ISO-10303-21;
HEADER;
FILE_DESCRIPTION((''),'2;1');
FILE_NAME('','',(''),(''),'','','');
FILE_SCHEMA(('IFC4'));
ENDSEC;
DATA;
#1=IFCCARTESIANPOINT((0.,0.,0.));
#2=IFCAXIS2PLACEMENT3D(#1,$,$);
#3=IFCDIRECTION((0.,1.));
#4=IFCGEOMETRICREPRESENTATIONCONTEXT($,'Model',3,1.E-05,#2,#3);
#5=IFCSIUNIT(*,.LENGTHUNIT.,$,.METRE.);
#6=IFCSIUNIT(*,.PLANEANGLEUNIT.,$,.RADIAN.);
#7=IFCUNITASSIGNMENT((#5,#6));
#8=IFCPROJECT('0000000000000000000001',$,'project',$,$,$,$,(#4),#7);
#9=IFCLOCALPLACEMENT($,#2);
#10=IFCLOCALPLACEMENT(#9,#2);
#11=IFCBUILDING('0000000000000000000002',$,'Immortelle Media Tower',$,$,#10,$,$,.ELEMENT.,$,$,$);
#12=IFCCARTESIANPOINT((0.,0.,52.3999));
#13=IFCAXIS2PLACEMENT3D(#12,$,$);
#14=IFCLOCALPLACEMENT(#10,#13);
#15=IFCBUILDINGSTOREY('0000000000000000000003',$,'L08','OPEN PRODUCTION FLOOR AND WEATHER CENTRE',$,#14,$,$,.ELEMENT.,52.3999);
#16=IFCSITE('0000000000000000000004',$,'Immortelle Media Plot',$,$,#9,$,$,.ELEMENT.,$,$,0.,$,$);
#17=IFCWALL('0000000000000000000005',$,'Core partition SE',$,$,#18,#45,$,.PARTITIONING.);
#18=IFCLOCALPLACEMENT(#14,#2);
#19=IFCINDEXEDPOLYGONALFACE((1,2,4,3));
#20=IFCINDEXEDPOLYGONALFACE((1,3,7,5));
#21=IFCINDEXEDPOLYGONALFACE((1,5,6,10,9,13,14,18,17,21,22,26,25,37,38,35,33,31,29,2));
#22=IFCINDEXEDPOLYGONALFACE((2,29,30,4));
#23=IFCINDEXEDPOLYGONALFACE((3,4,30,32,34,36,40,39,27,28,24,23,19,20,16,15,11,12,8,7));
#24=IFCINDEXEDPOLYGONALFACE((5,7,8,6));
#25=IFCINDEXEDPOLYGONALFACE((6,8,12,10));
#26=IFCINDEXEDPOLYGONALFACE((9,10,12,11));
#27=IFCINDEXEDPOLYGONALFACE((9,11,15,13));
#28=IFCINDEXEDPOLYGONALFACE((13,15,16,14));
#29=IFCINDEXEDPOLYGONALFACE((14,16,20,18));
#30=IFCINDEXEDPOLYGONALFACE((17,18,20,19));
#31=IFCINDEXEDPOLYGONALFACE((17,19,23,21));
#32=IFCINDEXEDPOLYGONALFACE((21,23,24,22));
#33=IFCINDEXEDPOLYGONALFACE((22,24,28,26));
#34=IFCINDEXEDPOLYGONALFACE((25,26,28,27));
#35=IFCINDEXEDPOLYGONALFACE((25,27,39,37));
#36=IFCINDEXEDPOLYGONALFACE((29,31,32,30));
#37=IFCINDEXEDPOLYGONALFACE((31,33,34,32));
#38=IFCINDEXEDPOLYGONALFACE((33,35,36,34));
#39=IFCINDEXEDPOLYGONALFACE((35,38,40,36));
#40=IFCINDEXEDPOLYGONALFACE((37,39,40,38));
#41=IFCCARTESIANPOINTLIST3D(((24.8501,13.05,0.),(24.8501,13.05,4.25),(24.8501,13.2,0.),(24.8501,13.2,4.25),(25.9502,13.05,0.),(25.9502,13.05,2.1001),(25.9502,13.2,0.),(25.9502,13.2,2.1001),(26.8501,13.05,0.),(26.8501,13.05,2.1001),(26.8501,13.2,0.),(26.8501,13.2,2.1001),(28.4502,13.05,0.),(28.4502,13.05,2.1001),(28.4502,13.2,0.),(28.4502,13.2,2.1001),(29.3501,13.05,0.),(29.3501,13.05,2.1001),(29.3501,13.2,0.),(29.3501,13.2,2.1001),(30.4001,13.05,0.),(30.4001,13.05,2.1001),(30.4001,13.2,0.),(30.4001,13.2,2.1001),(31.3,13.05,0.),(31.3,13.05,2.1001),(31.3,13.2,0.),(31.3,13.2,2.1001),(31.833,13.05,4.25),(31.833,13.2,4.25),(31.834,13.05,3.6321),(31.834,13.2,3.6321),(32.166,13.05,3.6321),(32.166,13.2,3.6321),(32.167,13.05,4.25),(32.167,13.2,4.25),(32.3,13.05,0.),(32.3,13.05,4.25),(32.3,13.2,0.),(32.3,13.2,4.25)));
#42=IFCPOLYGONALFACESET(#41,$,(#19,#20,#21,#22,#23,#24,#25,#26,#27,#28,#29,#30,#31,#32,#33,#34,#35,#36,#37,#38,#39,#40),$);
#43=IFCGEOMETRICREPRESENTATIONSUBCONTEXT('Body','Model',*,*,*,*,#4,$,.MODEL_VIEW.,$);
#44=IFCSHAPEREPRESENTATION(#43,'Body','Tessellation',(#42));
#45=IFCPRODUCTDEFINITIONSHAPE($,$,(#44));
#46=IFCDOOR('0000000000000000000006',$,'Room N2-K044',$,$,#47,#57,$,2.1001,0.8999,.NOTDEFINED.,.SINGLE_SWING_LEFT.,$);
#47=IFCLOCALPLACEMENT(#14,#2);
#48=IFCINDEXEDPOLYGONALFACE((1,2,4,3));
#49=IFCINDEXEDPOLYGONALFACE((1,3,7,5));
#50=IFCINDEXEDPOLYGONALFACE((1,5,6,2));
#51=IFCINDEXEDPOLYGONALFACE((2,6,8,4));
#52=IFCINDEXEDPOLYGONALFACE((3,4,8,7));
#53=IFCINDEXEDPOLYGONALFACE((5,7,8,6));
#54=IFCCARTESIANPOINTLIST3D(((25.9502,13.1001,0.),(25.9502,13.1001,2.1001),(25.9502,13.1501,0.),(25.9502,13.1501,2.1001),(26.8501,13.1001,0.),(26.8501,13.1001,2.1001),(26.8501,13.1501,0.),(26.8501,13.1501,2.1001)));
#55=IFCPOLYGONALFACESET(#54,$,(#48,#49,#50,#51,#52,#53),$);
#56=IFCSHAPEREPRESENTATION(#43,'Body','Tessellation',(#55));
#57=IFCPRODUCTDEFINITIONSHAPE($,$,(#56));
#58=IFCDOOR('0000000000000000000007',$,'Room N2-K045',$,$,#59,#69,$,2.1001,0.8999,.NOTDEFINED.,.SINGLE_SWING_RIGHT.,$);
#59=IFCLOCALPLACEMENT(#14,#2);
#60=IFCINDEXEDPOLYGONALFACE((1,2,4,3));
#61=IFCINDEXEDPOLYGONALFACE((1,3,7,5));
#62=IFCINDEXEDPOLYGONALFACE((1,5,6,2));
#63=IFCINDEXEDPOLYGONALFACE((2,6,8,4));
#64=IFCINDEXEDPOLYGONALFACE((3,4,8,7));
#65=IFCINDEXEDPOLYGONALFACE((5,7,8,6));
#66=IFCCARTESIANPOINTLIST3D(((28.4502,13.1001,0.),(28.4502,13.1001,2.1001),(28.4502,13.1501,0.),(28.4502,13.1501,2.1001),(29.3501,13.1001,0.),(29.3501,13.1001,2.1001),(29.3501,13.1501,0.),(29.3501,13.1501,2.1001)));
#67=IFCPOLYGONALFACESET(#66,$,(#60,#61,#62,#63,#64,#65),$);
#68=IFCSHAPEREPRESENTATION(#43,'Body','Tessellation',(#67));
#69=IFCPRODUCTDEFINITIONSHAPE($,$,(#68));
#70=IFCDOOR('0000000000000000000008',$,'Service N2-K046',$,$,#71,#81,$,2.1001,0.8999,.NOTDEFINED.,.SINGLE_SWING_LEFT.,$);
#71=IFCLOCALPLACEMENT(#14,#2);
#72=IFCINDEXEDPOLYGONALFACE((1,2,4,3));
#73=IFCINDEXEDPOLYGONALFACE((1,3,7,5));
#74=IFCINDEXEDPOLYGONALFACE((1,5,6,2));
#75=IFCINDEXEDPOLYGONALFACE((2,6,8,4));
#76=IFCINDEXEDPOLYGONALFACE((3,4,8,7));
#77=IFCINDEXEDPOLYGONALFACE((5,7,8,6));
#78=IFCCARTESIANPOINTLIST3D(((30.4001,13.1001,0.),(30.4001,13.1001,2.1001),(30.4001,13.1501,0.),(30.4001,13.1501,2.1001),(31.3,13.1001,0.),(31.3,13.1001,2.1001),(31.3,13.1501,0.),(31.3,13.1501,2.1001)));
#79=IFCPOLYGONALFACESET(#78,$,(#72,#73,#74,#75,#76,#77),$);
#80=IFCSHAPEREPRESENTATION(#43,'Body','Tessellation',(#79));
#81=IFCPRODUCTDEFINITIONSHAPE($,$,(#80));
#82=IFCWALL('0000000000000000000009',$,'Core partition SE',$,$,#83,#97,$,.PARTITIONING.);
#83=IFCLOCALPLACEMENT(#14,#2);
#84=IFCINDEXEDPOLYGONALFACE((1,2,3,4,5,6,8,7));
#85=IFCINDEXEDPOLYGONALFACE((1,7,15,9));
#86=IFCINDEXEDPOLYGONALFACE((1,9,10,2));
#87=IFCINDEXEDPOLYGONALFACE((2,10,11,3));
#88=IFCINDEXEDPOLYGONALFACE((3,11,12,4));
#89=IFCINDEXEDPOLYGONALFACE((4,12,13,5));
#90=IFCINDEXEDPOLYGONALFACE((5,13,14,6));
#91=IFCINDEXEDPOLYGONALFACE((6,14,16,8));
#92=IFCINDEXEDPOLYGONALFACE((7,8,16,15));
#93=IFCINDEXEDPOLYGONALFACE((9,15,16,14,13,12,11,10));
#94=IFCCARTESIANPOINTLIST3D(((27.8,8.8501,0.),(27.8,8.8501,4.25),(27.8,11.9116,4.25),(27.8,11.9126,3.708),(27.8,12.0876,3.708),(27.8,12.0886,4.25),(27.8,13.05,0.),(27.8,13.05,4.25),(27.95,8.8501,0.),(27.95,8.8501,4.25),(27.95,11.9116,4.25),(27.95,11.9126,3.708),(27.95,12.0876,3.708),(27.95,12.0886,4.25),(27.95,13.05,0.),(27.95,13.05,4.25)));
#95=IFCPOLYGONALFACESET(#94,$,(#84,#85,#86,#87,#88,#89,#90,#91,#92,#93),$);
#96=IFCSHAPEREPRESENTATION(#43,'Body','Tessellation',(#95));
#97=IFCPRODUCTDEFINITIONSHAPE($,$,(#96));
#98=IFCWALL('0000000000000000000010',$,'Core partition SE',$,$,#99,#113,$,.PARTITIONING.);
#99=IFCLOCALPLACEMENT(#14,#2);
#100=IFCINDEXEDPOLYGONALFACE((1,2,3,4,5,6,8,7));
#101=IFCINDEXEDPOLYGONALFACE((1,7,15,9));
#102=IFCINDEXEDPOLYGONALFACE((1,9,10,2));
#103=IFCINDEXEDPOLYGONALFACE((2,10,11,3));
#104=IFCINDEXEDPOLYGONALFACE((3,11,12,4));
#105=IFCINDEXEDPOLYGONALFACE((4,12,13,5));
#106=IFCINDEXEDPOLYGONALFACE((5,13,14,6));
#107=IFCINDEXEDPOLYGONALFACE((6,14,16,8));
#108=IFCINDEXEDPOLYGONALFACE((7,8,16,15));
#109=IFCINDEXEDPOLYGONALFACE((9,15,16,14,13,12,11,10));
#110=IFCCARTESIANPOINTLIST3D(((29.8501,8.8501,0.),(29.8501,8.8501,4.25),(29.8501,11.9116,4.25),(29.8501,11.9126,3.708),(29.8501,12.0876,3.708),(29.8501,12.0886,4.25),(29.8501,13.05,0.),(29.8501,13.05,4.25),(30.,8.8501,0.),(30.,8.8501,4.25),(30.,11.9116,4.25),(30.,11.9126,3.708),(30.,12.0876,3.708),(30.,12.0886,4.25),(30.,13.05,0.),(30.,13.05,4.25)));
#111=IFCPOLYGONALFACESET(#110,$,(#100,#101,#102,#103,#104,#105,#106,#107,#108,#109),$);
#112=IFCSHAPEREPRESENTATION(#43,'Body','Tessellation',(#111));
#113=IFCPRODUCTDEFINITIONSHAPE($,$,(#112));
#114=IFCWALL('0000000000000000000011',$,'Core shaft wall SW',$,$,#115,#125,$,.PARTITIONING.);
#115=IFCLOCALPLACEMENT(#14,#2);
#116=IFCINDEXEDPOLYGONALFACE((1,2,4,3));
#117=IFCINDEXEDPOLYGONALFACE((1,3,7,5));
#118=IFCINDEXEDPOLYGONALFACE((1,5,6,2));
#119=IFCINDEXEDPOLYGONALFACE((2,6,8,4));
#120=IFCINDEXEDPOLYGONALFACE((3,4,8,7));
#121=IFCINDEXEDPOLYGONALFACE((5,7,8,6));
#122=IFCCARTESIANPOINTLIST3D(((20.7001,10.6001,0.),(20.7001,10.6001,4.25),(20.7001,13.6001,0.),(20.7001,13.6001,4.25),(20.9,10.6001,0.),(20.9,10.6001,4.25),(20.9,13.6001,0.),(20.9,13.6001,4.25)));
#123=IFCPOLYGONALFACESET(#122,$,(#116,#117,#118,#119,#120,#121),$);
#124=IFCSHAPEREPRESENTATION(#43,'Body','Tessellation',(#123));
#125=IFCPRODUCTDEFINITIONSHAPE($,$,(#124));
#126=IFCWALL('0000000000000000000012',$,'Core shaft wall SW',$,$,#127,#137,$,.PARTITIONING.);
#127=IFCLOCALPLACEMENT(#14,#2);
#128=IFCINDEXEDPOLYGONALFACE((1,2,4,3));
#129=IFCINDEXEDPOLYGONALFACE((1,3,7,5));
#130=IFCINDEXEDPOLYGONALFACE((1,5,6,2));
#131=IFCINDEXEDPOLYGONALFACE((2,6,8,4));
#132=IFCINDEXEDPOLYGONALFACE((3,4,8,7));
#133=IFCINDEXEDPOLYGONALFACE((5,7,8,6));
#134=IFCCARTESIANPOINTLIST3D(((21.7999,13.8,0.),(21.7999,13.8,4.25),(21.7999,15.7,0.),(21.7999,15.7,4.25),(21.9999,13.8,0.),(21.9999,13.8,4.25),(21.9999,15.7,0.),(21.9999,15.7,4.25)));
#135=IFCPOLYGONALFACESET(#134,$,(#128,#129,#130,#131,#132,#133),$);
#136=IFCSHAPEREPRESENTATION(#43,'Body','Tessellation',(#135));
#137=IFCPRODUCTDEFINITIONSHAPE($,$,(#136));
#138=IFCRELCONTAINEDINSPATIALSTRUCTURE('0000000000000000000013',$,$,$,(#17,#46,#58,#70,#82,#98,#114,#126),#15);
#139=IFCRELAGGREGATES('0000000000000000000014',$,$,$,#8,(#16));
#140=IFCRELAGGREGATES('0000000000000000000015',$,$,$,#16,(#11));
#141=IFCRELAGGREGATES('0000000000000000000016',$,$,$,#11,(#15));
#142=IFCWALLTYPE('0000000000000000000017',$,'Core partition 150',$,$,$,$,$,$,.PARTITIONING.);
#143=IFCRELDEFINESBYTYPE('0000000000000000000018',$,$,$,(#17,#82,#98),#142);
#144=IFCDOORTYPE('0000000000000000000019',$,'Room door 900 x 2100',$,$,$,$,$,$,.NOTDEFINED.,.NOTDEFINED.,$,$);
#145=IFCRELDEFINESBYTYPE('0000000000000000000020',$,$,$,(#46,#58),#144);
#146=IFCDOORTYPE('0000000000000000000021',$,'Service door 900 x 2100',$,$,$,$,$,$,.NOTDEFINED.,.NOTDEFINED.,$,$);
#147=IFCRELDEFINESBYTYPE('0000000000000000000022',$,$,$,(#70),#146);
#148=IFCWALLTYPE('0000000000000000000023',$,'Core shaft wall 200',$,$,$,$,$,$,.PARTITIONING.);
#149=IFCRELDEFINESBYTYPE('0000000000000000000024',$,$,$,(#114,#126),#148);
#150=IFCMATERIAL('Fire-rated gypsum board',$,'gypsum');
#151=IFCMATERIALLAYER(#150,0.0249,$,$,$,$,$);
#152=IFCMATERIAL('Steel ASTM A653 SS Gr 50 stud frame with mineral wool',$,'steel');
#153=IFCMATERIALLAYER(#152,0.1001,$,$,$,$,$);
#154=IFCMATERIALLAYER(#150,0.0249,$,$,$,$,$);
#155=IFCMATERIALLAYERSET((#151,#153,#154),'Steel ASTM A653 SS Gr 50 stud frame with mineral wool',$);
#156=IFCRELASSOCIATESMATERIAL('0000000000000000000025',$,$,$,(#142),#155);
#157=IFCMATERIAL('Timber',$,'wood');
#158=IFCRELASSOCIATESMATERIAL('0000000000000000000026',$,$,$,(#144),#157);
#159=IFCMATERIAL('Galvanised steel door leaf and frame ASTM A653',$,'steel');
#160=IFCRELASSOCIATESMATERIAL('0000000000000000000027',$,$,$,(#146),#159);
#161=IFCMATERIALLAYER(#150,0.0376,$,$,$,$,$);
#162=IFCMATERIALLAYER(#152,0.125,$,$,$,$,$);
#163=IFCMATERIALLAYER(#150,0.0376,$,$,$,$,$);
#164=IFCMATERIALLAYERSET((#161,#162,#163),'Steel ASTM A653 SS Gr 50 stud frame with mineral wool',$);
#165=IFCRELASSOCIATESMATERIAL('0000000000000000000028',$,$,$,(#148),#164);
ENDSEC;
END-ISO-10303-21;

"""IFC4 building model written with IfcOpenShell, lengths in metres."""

from ifc_helpers import new_model, si_unit, direction, frame, frame_2d, origin, place, context, subcontext, project, spatial, polyline, rectangle, outline, extrude, material, layer, layer_set, type_object, element, fill, save


model = new_model("IFC4")

# Units and contexts
model_context = context("Model", 3, precision=1e-05, world=origin(), true_north=direction((0.0, 1.0)))
body_context = subcontext(model_context, "Body", "Model", "MODEL_VIEW")
ifc_project = project(units=[si_unit("LENGTHUNIT", "METRE"), si_unit("PLANEANGLEUNIT", "RADIAN")], contexts=[model_context])

# Site, building, storey
site_placement = place(None, origin())
site = spatial("IfcSite", under=ifc_project, at=site_placement, Name="Immortelle Media Plot", CompositionType="ELEMENT", RefElevation=0.0)
building_placement = place(site_placement, origin())
building = spatial("IfcBuilding", under=site, at=building_placement, Name="Immortelle Media Tower", CompositionType="ELEMENT")
storey_placement = place(building_placement, frame((0.0, 0.0, 52.3999)))
storey = spatial("IfcBuildingStorey", under=building, at=storey_placement, Name="L08", Description="OPEN PRODUCTION FLOOR AND WEATHER CENTRE", CompositionType="ELEMENT", Elevation=52.3999)

# Wall, openings, doors
ifc_material_1 = material(Name="Fire-rated gypsum board", Category="gypsum")
ifc_layer_1 = layer(ifc_material_1, 0.0249)
ifc_material_2 = material(Name="Steel ASTM A653 SS Gr 50 stud frame with mineral wool", Category="steel")
ifc_layer_2 = layer(ifc_material_2, 0.1001)
ifc_layer_3 = layer(ifc_material_1, 0.0249)
ifc_layer_set_1 = layer_set([ifc_layer_1, ifc_layer_2, ifc_layer_3], Name="Steel ASTM A653 SS Gr 50 stud frame with mineral wool")
wall_type_1 = type_object("IfcWallType", Name="Core partition 150", PredefinedType="PARTITIONING", material=ifc_layer_set_1)
wall_1_placement = place(storey_placement, frame((24.8501, 13.125, 0.0), z_axis=(0.0, 0.0, 1.0), x_axis=(1.0, 0.0, 0.0)))
wall_1 = element("IfcWall", 1, at=wall_1_placement, inside=storey, type_object=wall_type_1, Name="Core partition SE", PredefinedType="PARTITIONING", context=body_context, shape_type="SweptSolid", body=[
    extrude(outline(polyline([(0.0, 0.0), (7.45, 0.0), (7.45, 4.25), (7.3169, 4.25), (7.3159, 3.6321), (6.9839, 3.6321), (6.9829, 4.25), (0.0, 4.25), (0.0, 0.0)])), frame((0.0, 0.075, 0.0), z_axis=(0.0, -1.0, 0.0), x_axis=(1.0, 0.0, 0.0)), (0.0, 0.0, 1.0), 0.1499),
])
opening_1_placement = place(wall_1_placement, frame((2.0, 0.0, 0.0), z_axis=(0.0, 0.0, 1.0), x_axis=(-1.0, 0.0, 0.0)))
opening_1 = element("IfcOpeningElement", 2, at=opening_1_placement, cuts=wall_1, PredefinedType="OPENING", context=body_context, shape_type="SweptSolid", body=[
    extrude(rectangle(XDim=0.8999, YDim=2.1001, at=frame_2d((0.45, 1.05))), frame((0.0, 0.085, 0.0), z_axis=(0.0, -1.0, 0.0), x_axis=(1.0, 0.0, 0.0)), (0.0, 0.0, 1.0), 0.1699),
])
opening_2_placement = place(wall_1_placement, frame((4.5, 0.0, 0.0), z_axis=(0.0, 0.0, 1.0), x_axis=(-1.0, 0.0, 0.0)))
opening_2 = element("IfcOpeningElement", 3, at=opening_2_placement, cuts=wall_1, PredefinedType="OPENING", context=body_context, shape_type="SweptSolid", body=[
    extrude(rectangle(XDim=0.8999, YDim=2.1001, at=frame_2d((0.45, 1.05))), frame((0.0, 0.085, 0.0), z_axis=(0.0, -1.0, 0.0), x_axis=(1.0, 0.0, 0.0)), (0.0, 0.0, 1.0), 0.1699),
])
opening_3_placement = place(wall_1_placement, frame((6.45, 0.0, 0.0), z_axis=(0.0, 0.0, 1.0), x_axis=(-1.0, 0.0, 0.0)))
opening_3 = element("IfcOpeningElement", 4, at=opening_3_placement, cuts=wall_1, PredefinedType="OPENING", context=body_context, shape_type="SweptSolid", body=[
    extrude(rectangle(XDim=0.8999, YDim=2.1001, at=frame_2d((0.45, 1.05))), frame((0.0, 0.085, 0.0), z_axis=(0.0, -1.0, 0.0), x_axis=(1.0, 0.0, 0.0)), (0.0, 0.0, 1.0), 0.1699),
])
ifc_material_3 = material(Name="Timber", Category="wood")
door_type_1 = type_object("IfcDoorType", Name="Room door 900 x 2100", OperationType="NOTDEFINED", PredefinedType="NOTDEFINED", material=ifc_material_3)
door_1_placement = place(opening_1_placement, origin())
door_1 = element("IfcDoor", 5, at=door_1_placement, inside=storey, type_object=door_type_1, Name="Room N2-K044", OperationType="SINGLE_SWING_LEFT", OverallHeight=2.1001, OverallWidth=0.8999, PredefinedType="NOTDEFINED", context=body_context, shape_type="SweptSolid", body=[
    extrude(rectangle(XDim=0.8999, YDim=2.1001, at=frame_2d((0.45, 1.05))), frame((0.0, 0.0249, 0.0), z_axis=(0.0, -1.0, 0.0), x_axis=(1.0, 0.0, 0.0)), (0.0, 0.0, 1.0), 0.05),
])
fill(opening_1, door_1)
door_2_placement = place(opening_2_placement, origin())
door_2 = element("IfcDoor", 6, at=door_2_placement, inside=storey, type_object=door_type_1, Name="Room N2-K045", OperationType="SINGLE_SWING_RIGHT", OverallHeight=2.1001, OverallWidth=0.8999, PredefinedType="NOTDEFINED", context=body_context, shape_type="SweptSolid", body=[
    extrude(rectangle(XDim=0.8999, YDim=2.1001, at=frame_2d((0.45, 1.05))), frame((0.0, 0.0249, 0.0), z_axis=(0.0, -1.0, 0.0), x_axis=(1.0, 0.0, 0.0)), (0.0, 0.0, 1.0), 0.05),
])
fill(opening_2, door_2)
ifc_material_4 = material(Name="Galvanised steel door leaf and frame ASTM A653", Category="steel")
door_type_2 = type_object("IfcDoorType", Name="Service door 900 x 2100", OperationType="NOTDEFINED", PredefinedType="NOTDEFINED", material=ifc_material_4)
door_3_placement = place(opening_3_placement, origin())
door_3 = element("IfcDoor", 7, at=door_3_placement, inside=storey, type_object=door_type_2, Name="Service N2-K046", OperationType="SINGLE_SWING_LEFT", OverallHeight=2.1001, OverallWidth=0.8999, PredefinedType="NOTDEFINED", context=body_context, shape_type="SweptSolid", body=[
    extrude(rectangle(XDim=0.8999, YDim=2.1001, at=frame_2d((0.45, 1.05))), frame((0.0, 0.0249, 0.0), z_axis=(0.0, -1.0, 0.0), x_axis=(1.0, 0.0, 0.0)), (0.0, 0.0, 1.0), 0.05),
])
fill(opening_3, door_3)

# Walls
for number, where, z_axis, x_axis, name in (
    (8, (27.875, 8.8501, 0.0), (0.0, 0.0, 1.0), (0.0, 1.0, 0.0), "Core partition SE"),
    (9, (29.925, 8.8501, 0.0), (0.0, 0.0, 1.0), (0.0, 1.0, 0.0), "Core partition SE"),
):
    element("IfcWall", number, at=place(storey_placement, frame(where, z_axis=z_axis, x_axis=x_axis)), inside=storey, type_object=wall_type_1, Name=name, PredefinedType="PARTITIONING", context=body_context, shape_type="SweptSolid", body=[
        extrude(outline(polyline([(0.0, 0.0), (4.2, 0.0), (4.2, 4.25), (3.2385, 4.25), (3.2375, 3.708), (3.0625, 3.708), (3.0615, 4.25), (0.0, 4.25), (0.0, 0.0)])), frame((0.0, 0.075, 0.0), z_axis=(0.0, -1.0, 0.0), x_axis=(1.0, 0.0, 0.0)), (0.0, 0.0, 1.0), 0.1499),
    ])
ifc_layer_4 = layer(ifc_material_1, 0.0376)
ifc_layer_5 = layer(ifc_material_2, 0.125)
ifc_layer_6 = layer(ifc_material_1, 0.0376)
ifc_layer_set_2 = layer_set([ifc_layer_4, ifc_layer_5, ifc_layer_6], Name="Steel ASTM A653 SS Gr 50 stud frame with mineral wool")
wall_type_2 = type_object("IfcWallType", Name="Core shaft wall 200", PredefinedType="PARTITIONING", material=ifc_layer_set_2)
wall_2_placement = place(storey_placement, frame((20.8, 10.6001, 0.0), z_axis=(0.0, 0.0, 1.0), x_axis=(0.0, 1.0, 0.0)))
element("IfcWall", 10, at=wall_2_placement, inside=storey, type_object=wall_type_2, Name="Core shaft wall SW", PredefinedType="PARTITIONING", context=body_context, shape_type="SweptSolid", body=[
    extrude(rectangle(XDim=3.0, YDim=0.2, at=frame_2d((1.5, 0.0))), origin(), (0.0, 0.0, 1.0), 4.25),
])
wall_3_placement = place(storey_placement, frame((21.8999, 13.8, 0.0), z_axis=(0.0, 0.0, 1.0), x_axis=(0.0, 1.0, 0.0)))
element("IfcWall", 11, at=wall_3_placement, inside=storey, type_object=wall_type_2, Name="Core shaft wall SW", PredefinedType="PARTITIONING", context=body_context, shape_type="SweptSolid", body=[
    extrude(rectangle(XDim=1.8999, YDim=0.2, at=frame_2d((0.95, 0.0))), origin(), (0.0, 0.0, 1.0), 4.25),
])

save(model, "model.ifc")
